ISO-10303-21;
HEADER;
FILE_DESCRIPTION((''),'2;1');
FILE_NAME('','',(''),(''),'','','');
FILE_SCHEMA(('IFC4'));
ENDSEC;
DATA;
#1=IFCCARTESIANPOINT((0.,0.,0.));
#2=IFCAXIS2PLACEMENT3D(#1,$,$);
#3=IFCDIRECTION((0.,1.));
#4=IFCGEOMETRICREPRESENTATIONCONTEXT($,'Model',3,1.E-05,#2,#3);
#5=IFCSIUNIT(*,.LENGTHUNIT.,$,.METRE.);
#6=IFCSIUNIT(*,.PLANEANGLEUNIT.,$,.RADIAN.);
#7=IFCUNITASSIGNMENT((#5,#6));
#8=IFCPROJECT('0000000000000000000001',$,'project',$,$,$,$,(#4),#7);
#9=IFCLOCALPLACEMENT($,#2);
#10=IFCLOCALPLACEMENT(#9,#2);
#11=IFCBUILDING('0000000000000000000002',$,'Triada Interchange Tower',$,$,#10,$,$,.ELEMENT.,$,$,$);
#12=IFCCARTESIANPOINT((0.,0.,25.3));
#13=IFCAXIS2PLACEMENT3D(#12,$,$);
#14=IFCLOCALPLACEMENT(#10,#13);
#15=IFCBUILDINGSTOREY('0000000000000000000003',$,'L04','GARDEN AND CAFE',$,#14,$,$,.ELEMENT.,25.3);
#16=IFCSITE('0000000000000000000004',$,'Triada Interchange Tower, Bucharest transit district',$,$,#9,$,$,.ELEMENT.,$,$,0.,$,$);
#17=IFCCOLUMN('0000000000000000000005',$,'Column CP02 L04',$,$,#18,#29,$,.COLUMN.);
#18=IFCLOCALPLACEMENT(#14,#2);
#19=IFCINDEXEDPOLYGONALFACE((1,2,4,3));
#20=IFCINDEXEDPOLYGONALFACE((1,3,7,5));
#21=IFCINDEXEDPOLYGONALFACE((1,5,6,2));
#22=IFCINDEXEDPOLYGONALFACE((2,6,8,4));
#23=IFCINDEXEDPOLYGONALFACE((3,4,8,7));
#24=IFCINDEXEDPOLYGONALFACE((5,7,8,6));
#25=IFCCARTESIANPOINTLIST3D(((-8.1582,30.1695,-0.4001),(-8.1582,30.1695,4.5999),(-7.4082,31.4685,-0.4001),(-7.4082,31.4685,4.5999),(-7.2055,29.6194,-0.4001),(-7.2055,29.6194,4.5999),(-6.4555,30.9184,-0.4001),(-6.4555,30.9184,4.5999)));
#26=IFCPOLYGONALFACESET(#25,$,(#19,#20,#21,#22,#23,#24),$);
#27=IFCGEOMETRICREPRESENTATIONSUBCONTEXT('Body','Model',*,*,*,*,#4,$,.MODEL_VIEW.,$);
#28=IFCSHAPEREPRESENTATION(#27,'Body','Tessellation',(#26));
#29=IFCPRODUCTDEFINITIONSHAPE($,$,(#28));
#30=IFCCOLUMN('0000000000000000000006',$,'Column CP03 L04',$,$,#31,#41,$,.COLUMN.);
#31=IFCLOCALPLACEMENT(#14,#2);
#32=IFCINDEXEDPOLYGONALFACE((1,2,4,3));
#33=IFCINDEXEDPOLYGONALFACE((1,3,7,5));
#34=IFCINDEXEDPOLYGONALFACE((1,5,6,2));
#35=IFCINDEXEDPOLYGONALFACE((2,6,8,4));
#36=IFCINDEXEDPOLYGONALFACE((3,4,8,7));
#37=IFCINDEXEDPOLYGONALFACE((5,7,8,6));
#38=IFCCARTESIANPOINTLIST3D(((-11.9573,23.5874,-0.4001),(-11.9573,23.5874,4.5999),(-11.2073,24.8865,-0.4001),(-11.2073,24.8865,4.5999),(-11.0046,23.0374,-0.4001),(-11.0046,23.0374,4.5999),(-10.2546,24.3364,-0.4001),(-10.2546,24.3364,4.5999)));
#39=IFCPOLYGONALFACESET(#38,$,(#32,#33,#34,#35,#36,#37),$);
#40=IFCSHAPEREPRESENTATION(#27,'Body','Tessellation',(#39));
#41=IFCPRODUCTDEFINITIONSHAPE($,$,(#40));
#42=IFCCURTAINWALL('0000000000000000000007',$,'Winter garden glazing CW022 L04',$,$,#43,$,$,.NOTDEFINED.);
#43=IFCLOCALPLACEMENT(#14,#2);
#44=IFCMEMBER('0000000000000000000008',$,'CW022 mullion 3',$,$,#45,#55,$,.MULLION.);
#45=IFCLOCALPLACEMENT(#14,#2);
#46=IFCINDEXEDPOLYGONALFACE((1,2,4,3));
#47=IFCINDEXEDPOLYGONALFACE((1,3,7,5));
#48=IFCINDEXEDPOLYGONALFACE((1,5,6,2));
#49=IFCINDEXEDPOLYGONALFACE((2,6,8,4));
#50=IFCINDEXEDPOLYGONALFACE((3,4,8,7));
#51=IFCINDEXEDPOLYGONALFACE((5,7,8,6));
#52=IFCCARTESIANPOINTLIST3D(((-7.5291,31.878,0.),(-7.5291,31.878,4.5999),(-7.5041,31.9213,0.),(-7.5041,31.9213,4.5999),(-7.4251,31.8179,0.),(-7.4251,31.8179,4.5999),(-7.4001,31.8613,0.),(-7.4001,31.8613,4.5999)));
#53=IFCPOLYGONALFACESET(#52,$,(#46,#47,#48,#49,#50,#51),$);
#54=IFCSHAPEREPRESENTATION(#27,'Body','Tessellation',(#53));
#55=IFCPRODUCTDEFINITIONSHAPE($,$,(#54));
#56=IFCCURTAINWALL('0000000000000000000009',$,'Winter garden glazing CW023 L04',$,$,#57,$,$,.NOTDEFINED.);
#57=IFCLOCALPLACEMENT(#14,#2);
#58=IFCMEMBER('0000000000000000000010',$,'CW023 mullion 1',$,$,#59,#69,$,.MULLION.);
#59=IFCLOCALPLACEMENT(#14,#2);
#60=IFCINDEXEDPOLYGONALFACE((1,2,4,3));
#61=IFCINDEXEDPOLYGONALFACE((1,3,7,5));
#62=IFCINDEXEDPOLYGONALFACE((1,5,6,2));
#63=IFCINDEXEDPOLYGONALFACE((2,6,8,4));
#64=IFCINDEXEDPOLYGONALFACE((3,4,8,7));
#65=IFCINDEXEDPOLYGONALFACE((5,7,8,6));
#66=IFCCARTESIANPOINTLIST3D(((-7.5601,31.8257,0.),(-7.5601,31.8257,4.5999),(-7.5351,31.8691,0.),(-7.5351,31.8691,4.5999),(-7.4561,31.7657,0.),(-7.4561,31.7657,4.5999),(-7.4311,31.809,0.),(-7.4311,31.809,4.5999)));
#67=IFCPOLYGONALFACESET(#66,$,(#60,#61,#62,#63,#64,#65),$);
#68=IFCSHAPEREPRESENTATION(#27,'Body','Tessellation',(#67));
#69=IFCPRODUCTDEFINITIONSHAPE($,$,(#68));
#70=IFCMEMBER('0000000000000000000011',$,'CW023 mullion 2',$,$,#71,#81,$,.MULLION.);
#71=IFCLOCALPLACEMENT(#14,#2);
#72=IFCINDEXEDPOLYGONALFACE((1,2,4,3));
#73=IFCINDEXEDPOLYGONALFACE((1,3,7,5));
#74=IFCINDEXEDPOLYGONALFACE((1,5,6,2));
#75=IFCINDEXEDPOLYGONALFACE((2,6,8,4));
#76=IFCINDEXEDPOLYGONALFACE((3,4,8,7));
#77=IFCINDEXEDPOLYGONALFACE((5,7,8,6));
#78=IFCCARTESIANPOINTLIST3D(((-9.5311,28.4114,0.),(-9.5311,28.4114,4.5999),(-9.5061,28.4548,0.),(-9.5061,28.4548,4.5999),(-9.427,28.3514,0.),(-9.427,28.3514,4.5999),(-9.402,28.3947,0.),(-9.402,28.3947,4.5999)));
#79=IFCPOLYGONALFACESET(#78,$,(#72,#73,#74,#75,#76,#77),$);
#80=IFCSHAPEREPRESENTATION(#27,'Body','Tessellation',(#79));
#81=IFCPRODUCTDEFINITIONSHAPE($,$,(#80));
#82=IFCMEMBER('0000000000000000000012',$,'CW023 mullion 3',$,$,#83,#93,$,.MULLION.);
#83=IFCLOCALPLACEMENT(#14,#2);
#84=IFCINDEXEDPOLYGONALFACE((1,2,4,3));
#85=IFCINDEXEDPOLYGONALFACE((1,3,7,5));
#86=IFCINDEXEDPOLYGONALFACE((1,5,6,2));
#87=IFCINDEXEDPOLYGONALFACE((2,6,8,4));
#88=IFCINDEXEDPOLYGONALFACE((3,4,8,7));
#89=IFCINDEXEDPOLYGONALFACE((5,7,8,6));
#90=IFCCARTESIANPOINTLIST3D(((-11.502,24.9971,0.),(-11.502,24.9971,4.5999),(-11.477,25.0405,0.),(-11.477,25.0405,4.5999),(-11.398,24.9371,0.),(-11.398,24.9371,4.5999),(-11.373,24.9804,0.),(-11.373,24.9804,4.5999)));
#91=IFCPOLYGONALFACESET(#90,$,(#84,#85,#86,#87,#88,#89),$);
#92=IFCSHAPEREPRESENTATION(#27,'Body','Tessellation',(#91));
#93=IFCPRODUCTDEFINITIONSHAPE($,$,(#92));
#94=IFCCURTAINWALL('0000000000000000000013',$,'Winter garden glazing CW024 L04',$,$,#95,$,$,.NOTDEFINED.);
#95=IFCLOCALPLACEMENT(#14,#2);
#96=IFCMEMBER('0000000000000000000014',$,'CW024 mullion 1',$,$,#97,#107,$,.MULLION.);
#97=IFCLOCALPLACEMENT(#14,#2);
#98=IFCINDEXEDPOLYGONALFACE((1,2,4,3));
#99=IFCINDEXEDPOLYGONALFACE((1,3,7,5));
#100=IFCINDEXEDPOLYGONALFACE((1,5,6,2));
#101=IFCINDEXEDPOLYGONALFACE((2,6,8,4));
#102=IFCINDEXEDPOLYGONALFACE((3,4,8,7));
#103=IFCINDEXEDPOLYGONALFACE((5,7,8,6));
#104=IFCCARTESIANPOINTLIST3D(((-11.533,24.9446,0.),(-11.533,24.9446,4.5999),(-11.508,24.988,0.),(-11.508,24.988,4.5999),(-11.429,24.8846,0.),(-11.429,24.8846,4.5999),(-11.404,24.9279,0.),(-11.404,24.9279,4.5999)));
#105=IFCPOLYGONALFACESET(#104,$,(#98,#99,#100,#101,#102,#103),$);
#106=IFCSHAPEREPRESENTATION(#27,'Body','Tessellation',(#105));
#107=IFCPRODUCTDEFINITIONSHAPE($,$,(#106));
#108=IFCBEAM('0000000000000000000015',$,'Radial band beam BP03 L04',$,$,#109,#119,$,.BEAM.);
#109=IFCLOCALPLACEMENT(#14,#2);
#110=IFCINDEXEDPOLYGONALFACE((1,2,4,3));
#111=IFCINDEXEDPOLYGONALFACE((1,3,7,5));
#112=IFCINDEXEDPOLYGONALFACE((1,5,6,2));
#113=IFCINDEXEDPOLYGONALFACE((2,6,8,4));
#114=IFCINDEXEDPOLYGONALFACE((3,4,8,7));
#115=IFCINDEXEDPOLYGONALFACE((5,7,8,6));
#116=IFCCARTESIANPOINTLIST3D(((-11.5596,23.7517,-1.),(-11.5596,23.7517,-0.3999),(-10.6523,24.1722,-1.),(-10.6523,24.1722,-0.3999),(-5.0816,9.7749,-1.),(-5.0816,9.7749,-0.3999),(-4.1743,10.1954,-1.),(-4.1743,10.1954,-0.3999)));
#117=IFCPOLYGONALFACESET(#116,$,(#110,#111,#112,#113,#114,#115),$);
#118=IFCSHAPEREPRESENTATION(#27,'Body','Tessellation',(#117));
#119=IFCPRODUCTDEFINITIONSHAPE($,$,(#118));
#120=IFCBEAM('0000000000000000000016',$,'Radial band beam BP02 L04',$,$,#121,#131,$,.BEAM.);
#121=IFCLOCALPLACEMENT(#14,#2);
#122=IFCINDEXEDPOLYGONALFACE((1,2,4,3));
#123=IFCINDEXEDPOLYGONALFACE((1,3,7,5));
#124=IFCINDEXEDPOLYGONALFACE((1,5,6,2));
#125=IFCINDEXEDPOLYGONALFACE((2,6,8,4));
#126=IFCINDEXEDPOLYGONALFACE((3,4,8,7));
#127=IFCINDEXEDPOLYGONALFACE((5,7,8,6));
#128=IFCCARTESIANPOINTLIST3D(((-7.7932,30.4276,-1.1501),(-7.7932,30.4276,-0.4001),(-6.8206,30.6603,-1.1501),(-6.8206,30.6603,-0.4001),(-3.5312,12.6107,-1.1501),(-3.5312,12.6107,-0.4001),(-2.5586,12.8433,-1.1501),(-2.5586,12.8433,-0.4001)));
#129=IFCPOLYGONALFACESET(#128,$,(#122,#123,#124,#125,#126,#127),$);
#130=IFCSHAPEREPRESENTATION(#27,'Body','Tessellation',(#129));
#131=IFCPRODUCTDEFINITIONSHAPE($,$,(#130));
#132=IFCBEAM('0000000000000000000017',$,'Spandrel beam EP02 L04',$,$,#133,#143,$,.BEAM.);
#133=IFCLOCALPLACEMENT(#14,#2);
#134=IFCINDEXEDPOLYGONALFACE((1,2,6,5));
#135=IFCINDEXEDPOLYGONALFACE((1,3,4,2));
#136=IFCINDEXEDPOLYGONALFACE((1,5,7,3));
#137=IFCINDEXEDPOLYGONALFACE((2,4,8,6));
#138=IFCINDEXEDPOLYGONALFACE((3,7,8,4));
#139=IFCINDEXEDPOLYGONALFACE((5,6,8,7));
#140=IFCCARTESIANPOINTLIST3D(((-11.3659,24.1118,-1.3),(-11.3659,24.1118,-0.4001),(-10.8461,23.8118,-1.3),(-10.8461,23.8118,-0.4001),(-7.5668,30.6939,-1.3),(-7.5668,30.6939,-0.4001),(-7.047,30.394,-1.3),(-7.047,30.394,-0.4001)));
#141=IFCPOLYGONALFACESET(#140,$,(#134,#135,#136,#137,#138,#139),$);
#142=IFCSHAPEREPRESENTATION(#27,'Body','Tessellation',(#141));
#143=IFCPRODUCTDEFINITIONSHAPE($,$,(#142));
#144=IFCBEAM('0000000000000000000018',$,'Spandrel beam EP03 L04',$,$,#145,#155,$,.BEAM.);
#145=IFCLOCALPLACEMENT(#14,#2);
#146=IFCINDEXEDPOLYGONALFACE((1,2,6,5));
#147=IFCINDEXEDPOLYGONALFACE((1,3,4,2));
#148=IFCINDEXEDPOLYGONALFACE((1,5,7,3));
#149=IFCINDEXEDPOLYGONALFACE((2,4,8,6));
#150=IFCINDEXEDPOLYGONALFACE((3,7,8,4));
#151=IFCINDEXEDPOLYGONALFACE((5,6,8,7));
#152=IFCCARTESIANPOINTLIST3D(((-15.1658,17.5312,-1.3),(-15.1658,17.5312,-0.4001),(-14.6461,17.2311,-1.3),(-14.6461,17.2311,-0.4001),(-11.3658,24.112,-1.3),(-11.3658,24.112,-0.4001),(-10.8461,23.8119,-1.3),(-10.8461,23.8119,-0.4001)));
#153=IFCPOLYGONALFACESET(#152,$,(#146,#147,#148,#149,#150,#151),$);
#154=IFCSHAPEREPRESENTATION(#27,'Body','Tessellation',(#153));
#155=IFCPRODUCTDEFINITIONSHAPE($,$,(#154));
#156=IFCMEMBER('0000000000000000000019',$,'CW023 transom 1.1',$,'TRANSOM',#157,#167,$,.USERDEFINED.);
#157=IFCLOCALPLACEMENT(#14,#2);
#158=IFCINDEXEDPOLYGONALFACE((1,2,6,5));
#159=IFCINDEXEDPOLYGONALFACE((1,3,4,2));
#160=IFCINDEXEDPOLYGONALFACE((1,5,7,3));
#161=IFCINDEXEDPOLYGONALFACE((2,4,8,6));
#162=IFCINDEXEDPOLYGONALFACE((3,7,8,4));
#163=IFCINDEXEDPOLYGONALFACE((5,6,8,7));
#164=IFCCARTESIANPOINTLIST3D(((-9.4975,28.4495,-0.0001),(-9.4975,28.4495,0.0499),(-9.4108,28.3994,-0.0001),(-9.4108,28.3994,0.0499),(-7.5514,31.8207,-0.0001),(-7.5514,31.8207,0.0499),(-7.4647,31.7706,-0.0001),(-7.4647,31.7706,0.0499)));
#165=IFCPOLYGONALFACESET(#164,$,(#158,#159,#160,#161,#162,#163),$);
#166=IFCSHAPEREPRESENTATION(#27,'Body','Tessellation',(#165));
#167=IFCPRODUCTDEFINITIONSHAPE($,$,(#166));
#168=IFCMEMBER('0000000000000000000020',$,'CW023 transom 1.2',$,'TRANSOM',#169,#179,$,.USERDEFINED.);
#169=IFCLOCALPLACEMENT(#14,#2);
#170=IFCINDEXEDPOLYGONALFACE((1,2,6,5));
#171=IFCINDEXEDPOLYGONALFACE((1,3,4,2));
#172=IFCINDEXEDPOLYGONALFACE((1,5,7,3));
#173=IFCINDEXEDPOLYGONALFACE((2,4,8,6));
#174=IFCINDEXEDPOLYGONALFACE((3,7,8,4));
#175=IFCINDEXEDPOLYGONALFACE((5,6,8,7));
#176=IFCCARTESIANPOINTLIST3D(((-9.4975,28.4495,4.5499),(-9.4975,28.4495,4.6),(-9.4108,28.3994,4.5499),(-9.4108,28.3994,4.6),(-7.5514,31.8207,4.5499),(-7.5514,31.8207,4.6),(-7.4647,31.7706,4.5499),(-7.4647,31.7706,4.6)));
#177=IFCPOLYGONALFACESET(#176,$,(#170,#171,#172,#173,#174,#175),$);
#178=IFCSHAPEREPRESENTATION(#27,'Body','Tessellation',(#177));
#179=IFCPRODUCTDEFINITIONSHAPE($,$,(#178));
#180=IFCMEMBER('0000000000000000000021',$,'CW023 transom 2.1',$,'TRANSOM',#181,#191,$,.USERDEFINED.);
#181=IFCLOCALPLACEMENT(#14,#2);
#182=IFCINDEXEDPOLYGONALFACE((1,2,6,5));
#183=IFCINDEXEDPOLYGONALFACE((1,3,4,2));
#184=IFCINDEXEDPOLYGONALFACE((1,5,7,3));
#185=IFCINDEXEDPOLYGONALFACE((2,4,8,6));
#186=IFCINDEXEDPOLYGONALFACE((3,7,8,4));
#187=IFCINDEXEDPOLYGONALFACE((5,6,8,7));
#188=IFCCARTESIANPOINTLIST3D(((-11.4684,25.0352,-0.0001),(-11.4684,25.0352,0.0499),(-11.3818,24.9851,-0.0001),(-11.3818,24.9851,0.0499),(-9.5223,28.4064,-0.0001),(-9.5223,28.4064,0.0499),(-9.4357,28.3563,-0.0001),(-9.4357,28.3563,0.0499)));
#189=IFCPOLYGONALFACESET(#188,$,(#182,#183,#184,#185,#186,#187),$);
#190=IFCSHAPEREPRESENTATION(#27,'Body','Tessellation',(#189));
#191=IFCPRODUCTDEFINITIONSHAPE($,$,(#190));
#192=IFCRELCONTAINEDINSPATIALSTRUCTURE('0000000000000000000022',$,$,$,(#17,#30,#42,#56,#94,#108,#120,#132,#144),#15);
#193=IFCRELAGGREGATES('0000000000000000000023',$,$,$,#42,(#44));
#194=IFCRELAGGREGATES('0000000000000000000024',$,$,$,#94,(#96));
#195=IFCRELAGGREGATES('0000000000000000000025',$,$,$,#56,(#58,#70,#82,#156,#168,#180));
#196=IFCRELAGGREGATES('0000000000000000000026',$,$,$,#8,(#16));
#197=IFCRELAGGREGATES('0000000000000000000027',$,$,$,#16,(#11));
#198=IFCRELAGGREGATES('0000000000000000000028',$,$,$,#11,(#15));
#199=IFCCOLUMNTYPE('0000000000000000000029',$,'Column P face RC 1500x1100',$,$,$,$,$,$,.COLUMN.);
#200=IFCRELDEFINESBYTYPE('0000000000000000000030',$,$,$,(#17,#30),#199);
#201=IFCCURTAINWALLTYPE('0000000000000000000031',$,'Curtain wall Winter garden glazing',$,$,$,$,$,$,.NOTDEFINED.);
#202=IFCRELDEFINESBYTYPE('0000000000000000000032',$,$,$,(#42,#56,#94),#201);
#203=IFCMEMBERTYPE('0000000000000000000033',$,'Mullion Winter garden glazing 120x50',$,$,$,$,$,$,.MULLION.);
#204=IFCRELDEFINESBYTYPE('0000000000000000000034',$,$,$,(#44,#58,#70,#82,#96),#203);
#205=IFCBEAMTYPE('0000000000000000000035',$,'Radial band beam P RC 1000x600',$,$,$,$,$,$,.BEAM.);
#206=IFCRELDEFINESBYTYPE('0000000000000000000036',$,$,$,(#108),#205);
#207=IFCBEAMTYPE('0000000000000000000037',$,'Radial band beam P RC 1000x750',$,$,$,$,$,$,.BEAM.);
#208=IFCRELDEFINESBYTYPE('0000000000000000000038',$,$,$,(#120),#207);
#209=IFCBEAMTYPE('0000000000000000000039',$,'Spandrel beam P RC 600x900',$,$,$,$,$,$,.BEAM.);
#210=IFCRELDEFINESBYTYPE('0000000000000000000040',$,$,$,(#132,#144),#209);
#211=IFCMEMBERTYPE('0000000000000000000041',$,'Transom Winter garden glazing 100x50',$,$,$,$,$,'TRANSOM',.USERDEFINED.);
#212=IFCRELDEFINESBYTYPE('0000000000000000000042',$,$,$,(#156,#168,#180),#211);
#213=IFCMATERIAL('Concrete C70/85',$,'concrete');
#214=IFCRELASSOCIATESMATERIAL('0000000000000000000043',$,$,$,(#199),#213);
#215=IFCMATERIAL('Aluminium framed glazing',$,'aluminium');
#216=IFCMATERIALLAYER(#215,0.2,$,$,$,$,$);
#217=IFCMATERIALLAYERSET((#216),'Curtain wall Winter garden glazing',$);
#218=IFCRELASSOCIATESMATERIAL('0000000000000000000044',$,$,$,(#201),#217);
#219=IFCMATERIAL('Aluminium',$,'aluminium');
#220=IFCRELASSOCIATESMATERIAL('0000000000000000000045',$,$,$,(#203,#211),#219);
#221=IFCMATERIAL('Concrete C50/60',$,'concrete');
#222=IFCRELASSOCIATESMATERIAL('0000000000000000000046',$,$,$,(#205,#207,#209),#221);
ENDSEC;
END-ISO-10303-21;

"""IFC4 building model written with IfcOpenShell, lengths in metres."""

from ifc_helpers import new_model, si_unit, direction, frame, origin, origin_2d, place, context, subcontext, project, spatial, rectangle, extrude, material, layer, layer_set, material_profile, profile_set, type_object, element, aggregate, save


model = new_model("IFC4")

# Units and contexts
model_context = context("Model", 3, precision=1e-05, world=origin(), true_north=direction((0.0, 1.0)))
body_context = subcontext(model_context, "Body", "Model", "MODEL_VIEW")
ifc_project = project(units=[si_unit("LENGTHUNIT", "METRE"), si_unit("PLANEANGLEUNIT", "RADIAN")], contexts=[model_context])

# Site, building, storey
site_placement = place(None, origin())
site = spatial("IfcSite", under=ifc_project, at=site_placement, Name="Triada Interchange Tower, Bucharest transit district", CompositionType="ELEMENT", RefElevation=0.0)
building_placement = place(site_placement, origin())
building = spatial("IfcBuilding", under=site, at=building_placement, Name="Triada Interchange Tower", CompositionType="ELEMENT")
storey_placement = place(building_placement, frame((0.0, 0.0, 25.3)))
storey = spatial("IfcBuildingStorey", under=building, at=storey_placement, Name="L04", Description="GARDEN AND CAFE", CompositionType="ELEMENT", Elevation=25.3)

# Columns
ifc_material_1 = material(Name="Concrete C70/85", Category="concrete")
ifc_material_profile_1 = material_profile(ifc_material_1, rectangle(XDim=1.5, YDim=1.1001, at=origin_2d()), Name="RC 1500x1100")
ifc_profile_set_1 = profile_set([ifc_material_profile_1], Name="Concrete C70/85")
column_type = type_object("IfcColumnType", Name="Column P face RC 1500x1100", PredefinedType="COLUMN", material=ifc_profile_set_1)
for number, where, z_axis, x_axis, name in (
    (1, (-7.3069, 30.5439, -0.4001), (0.0, 0.0, 1.0), (0.5, 0.866025, 0.0), "Column CP02 L04"),
    (2, (-11.106, 23.9619, -0.4001), (0.0, 0.0, 1.0), (0.5, 0.866025, 0.0), "Column CP03 L04"),
):
    element("IfcColumn", number, at=place(storey_placement, frame(where, z_axis=z_axis, x_axis=x_axis)), inside=storey, type_object=column_type, Name=name, PredefinedType="COLUMN", context=body_context, shape_type="SweptSolid", body=[
        extrude(rectangle(XDim=1.5, YDim=1.1001, at=origin_2d()), origin(), (0.0, 0.0, 1.0), 5.0),
    ])

# Curtain wall, member
ifc_material_2 = material(Name="Aluminium framed glazing", Category="aluminium")
ifc_layer_1 = layer(ifc_material_2, 0.2)
ifc_layer_set_1 = layer_set([ifc_layer_1], Name="Curtain wall Winter garden glazing")
curtain_wall_type = type_object("IfcCurtainWallType", Name="Curtain wall Winter garden glazing", PredefinedType="NOTDEFINED", material=ifc_layer_set_1)
curtain_wall_1_placement = place(storey_placement, origin())
curtain_wall_1 = element("IfcCurtainWall", 3, at=curtain_wall_1_placement, inside=storey, type_object=curtain_wall_type, Name="Winter garden glazing CW022 L04", PredefinedType="NOTDEFINED")
ifc_material_3 = material(Name="Aluminium", Category="aluminium")
ifc_material_profile_2 = material_profile(ifc_material_3, rectangle(XDim=0.1201, YDim=0.05, at=origin_2d()), Name="Aluminium mullion")
ifc_profile_set_2 = profile_set([ifc_material_profile_2], Name="Aluminium")
member_type_1 = type_object("IfcMemberType", Name="Mullion Winter garden glazing 120x50", PredefinedType="MULLION", material=ifc_profile_set_2)
member_1_placement = place(storey_placement, frame((-7.4646, 31.8696, 0.0), z_axis=(0.0, 0.0, 1.0), x_axis=(0.866049, -0.499959, 0.0)))
member_1 = element("IfcMember", 4, at=member_1_placement, type_object=member_type_1, Name="CW022 mullion 3", PredefinedType="MULLION", context=body_context, shape_type="SweptSolid", body=[
    extrude(rectangle(XDim=0.1201, YDim=0.05, at=origin_2d()), origin(), (0.0, 0.0, 1.0), 4.5999),
])
aggregate(curtain_wall_1, [member_1])

# Curtain wall, members
curtain_wall_2_placement = place(storey_placement, origin())
curtain_wall_2 = element("IfcCurtainWall", 5, at=curtain_wall_2_placement, inside=storey, type_object=curtain_wall_type, Name="Winter garden glazing CW023 L04", PredefinedType="NOTDEFINED")
member_2_placement = place(storey_placement, frame((-7.4956, 31.8174, 0.0), z_axis=(0.0, 0.0, 1.0), x_axis=(0.866055, -0.499948, 0.0)))
member_2 = element("IfcMember", 6, at=member_2_placement, type_object=member_type_1, Name="CW023 mullion 1", PredefinedType="MULLION", context=body_context, shape_type="SweptSolid", body=[
    extrude(rectangle(XDim=0.1201, YDim=0.05, at=origin_2d()), origin(), (0.0, 0.0, 1.0), 4.5999),
])
member_3_placement = place(storey_placement, frame((-9.4666, 28.4031, 0.0), z_axis=(0.0, 0.0, 1.0), x_axis=(0.866055, -0.499948, 0.0)))
member_3 = element("IfcMember", 7, at=member_3_placement, type_object=member_type_1, Name="CW023 mullion 2", PredefinedType="MULLION", context=body_context, shape_type="SweptSolid", body=[
    extrude(rectangle(XDim=0.1201, YDim=0.05, at=origin_2d()), origin(), (0.0, 0.0, 1.0), 4.5999),
])
member_4_placement = place(storey_placement, frame((-11.4375, 24.9888, 0.0), z_axis=(0.0, 0.0, 1.0), x_axis=(0.866055, -0.499948, 0.0)))
member_4 = element("IfcMember", 8, at=member_4_placement, type_object=member_type_1, Name="CW023 mullion 3", PredefinedType="MULLION", context=body_context, shape_type="SweptSolid", body=[
    extrude(rectangle(XDim=0.1201, YDim=0.05, at=origin_2d()), origin(), (0.0, 0.0, 1.0), 4.5999),
])

# Curtain wall, member
curtain_wall_3_placement = place(storey_placement, origin())
curtain_wall_3 = element("IfcCurtainWall", 9, at=curtain_wall_3_placement, inside=storey, type_object=curtain_wall_type, Name="Winter garden glazing CW024 L04", PredefinedType="NOTDEFINED")
member_5_placement = place(storey_placement, frame((-11.4685, 24.9363, 0.0), z_axis=(0.0, 0.0, 1.0), x_axis=(0.866055, -0.499948, 0.0)))
member_5 = element("IfcMember", 10, at=member_5_placement, type_object=member_type_1, Name="CW024 mullion 1", PredefinedType="MULLION", context=body_context, shape_type="SweptSolid", body=[
    extrude(rectangle(XDim=0.1201, YDim=0.05, at=origin_2d()), origin(), (0.0, 0.0, 1.0), 4.5999),
])

# Beams
ifc_material_4 = material(Name="Concrete C50/60", Category="concrete")
ifc_material_profile_3 = material_profile(ifc_material_4, rectangle(XDim=1.0, YDim=0.6001, at=origin_2d()), Name="RC 1000x600")
ifc_profile_set_3 = profile_set([ifc_material_profile_3], Name="Concrete C50/60")
beam_type_1 = type_object("IfcBeamType", Name="Radial band beam P RC 1000x600", PredefinedType="BEAM", material=ifc_profile_set_3)
beam_1_placement = place(storey_placement, frame((-11.106, 23.9619, -0.7), z_axis=(0.420513, -0.907287, 0.0), x_axis=(0.907287, 0.420513, 0.0)))
element("IfcBeam", 11, at=beam_1_placement, inside=storey, type_object=beam_type_1, Name="Radial band beam BP03 L04", PredefinedType="BEAM", context=body_context, shape_type="SweptSolid", body=[
    extrude(rectangle(XDim=1.0, YDim=0.6001, at=origin_2d()), origin(), (0.0, 0.0, 1.0), 15.405),
])
ifc_material_profile_4 = material_profile(ifc_material_4, rectangle(XDim=1.0, YDim=0.75, at=origin_2d()), Name="RC 1000x750")
ifc_profile_set_4 = profile_set([ifc_material_profile_4], Name="Concrete C50/60")
beam_type_2 = type_object("IfcBeamType", Name="Radial band beam P RC 1000x750", PredefinedType="BEAM", material=ifc_profile_set_4)
beam_2_placement = place(storey_placement, frame((-7.3069, 30.5439, -0.7751), z_axis=(0.232646, -0.972562, 0.0), x_axis=(0.972562, 0.232646, 0.0)))
element("IfcBeam", 12, at=beam_2_placement, inside=storey, type_object=beam_type_2, Name="Radial band beam BP02 L04", PredefinedType="BEAM", context=body_context, shape_type="SweptSolid", body=[
    extrude(rectangle(XDim=1.0, YDim=0.75, at=origin_2d()), origin(), (0.0, 0.0, 1.0), 18.3196),
])
ifc_material_profile_5 = material_profile(ifc_material_4, rectangle(XDim=0.6001, YDim=0.8999, at=origin_2d()), Name="RC 600x900")
ifc_profile_set_5 = profile_set([ifc_material_profile_5], Name="Concrete C50/60")
beam_type_3 = type_object("IfcBeamType", Name="Spandrel beam P RC 600x900", PredefinedType="BEAM", material=ifc_profile_set_5)
beam_3_placement = place(storey_placement, frame((-7.3069, 30.5439, -0.8501), z_axis=(-0.499895, -0.866086, 0.0), x_axis=(0.866086, -0.499895, 0.0)))
element("IfcBeam", 13, at=beam_3_placement, inside=storey, type_object=beam_type_3, Name="Spandrel beam EP02 L04", PredefinedType="BEAM", context=body_context, shape_type="SweptSolid", body=[
    extrude(rectangle(XDim=0.6001, YDim=0.8999, at=origin_2d()), origin(), (0.0, 0.0, 1.0), 7.5999),
])
beam_4_placement = place(storey_placement, frame((-11.106, 23.9619, -0.8501), z_axis=(-0.500061, -0.86599, 0.0), x_axis=(0.86599, -0.500061, 0.0)))
element("IfcBeam", 14, at=beam_4_placement, inside=storey, type_object=beam_type_3, Name="Spandrel beam EP03 L04", PredefinedType="BEAM", context=body_context, shape_type="SweptSolid", body=[
    extrude(rectangle(XDim=0.6001, YDim=0.8999, at=origin_2d()), origin(), (0.0, 0.0, 1.0), 7.5991),
])

# Members
ifc_material_profile_6 = material_profile(ifc_material_3, rectangle(XDim=0.1001, YDim=0.05, at=origin_2d()), Name="Aluminium transom")
ifc_profile_set_6 = profile_set([ifc_material_profile_6], Name="Aluminium")
member_type_2 = type_object("IfcMemberType", Name="Transom Winter garden glazing 100x50", ElementType="TRANSOM", PredefinedType="USERDEFINED", material=ifc_profile_set_6)
member_6_placement = place(storey_placement, frame((-7.5081, 31.7957, 0.0249), z_axis=(-0.49995, -0.866054, 0.0), x_axis=(0.866054, -0.49995, 0.0)))
member_6 = element("IfcMember", 15, at=member_6_placement, type_object=member_type_2, Name="CW023 transom 1.1", ObjectType="TRANSOM", PredefinedType="USERDEFINED", context=body_context, shape_type="SweptSolid", body=[
    extrude(rectangle(XDim=0.1001, YDim=0.05, at=origin_2d()), origin(), (0.0, 0.0, 1.0), 3.8926),
])
member_7_placement = place(storey_placement, frame((-7.5081, 31.7957, 4.575), z_axis=(-0.49995, -0.866054, 0.0), x_axis=(0.866054, -0.49995, 0.0)))
member_7 = element("IfcMember", 16, at=member_7_placement, type_object=member_type_2, Name="CW023 transom 1.2", ObjectType="TRANSOM", PredefinedType="USERDEFINED", context=body_context, shape_type="SweptSolid", body=[
    extrude(rectangle(XDim=0.1001, YDim=0.05, at=origin_2d()), origin(), (0.0, 0.0, 1.0), 3.8926),
])
member_8_placement = place(storey_placement, frame((-9.479, 28.3813, 0.0249), z_axis=(-0.49995, -0.866054, 0.0), x_axis=(0.866054, -0.49995, 0.0)))
member_8 = element("IfcMember", 17, at=member_8_placement, type_object=member_type_2, Name="CW023 transom 2.1", ObjectType="TRANSOM", PredefinedType="USERDEFINED", context=body_context, shape_type="SweptSolid", body=[
    extrude(rectangle(XDim=0.1001, YDim=0.05, at=origin_2d()), origin(), (0.0, 0.0, 1.0), 3.8926),
])
aggregate(curtain_wall_3, [member_5])

aggregate(curtain_wall_2, [member_2, member_3, member_4, member_6, member_7, member_8])

save(model, "model.ifc")
